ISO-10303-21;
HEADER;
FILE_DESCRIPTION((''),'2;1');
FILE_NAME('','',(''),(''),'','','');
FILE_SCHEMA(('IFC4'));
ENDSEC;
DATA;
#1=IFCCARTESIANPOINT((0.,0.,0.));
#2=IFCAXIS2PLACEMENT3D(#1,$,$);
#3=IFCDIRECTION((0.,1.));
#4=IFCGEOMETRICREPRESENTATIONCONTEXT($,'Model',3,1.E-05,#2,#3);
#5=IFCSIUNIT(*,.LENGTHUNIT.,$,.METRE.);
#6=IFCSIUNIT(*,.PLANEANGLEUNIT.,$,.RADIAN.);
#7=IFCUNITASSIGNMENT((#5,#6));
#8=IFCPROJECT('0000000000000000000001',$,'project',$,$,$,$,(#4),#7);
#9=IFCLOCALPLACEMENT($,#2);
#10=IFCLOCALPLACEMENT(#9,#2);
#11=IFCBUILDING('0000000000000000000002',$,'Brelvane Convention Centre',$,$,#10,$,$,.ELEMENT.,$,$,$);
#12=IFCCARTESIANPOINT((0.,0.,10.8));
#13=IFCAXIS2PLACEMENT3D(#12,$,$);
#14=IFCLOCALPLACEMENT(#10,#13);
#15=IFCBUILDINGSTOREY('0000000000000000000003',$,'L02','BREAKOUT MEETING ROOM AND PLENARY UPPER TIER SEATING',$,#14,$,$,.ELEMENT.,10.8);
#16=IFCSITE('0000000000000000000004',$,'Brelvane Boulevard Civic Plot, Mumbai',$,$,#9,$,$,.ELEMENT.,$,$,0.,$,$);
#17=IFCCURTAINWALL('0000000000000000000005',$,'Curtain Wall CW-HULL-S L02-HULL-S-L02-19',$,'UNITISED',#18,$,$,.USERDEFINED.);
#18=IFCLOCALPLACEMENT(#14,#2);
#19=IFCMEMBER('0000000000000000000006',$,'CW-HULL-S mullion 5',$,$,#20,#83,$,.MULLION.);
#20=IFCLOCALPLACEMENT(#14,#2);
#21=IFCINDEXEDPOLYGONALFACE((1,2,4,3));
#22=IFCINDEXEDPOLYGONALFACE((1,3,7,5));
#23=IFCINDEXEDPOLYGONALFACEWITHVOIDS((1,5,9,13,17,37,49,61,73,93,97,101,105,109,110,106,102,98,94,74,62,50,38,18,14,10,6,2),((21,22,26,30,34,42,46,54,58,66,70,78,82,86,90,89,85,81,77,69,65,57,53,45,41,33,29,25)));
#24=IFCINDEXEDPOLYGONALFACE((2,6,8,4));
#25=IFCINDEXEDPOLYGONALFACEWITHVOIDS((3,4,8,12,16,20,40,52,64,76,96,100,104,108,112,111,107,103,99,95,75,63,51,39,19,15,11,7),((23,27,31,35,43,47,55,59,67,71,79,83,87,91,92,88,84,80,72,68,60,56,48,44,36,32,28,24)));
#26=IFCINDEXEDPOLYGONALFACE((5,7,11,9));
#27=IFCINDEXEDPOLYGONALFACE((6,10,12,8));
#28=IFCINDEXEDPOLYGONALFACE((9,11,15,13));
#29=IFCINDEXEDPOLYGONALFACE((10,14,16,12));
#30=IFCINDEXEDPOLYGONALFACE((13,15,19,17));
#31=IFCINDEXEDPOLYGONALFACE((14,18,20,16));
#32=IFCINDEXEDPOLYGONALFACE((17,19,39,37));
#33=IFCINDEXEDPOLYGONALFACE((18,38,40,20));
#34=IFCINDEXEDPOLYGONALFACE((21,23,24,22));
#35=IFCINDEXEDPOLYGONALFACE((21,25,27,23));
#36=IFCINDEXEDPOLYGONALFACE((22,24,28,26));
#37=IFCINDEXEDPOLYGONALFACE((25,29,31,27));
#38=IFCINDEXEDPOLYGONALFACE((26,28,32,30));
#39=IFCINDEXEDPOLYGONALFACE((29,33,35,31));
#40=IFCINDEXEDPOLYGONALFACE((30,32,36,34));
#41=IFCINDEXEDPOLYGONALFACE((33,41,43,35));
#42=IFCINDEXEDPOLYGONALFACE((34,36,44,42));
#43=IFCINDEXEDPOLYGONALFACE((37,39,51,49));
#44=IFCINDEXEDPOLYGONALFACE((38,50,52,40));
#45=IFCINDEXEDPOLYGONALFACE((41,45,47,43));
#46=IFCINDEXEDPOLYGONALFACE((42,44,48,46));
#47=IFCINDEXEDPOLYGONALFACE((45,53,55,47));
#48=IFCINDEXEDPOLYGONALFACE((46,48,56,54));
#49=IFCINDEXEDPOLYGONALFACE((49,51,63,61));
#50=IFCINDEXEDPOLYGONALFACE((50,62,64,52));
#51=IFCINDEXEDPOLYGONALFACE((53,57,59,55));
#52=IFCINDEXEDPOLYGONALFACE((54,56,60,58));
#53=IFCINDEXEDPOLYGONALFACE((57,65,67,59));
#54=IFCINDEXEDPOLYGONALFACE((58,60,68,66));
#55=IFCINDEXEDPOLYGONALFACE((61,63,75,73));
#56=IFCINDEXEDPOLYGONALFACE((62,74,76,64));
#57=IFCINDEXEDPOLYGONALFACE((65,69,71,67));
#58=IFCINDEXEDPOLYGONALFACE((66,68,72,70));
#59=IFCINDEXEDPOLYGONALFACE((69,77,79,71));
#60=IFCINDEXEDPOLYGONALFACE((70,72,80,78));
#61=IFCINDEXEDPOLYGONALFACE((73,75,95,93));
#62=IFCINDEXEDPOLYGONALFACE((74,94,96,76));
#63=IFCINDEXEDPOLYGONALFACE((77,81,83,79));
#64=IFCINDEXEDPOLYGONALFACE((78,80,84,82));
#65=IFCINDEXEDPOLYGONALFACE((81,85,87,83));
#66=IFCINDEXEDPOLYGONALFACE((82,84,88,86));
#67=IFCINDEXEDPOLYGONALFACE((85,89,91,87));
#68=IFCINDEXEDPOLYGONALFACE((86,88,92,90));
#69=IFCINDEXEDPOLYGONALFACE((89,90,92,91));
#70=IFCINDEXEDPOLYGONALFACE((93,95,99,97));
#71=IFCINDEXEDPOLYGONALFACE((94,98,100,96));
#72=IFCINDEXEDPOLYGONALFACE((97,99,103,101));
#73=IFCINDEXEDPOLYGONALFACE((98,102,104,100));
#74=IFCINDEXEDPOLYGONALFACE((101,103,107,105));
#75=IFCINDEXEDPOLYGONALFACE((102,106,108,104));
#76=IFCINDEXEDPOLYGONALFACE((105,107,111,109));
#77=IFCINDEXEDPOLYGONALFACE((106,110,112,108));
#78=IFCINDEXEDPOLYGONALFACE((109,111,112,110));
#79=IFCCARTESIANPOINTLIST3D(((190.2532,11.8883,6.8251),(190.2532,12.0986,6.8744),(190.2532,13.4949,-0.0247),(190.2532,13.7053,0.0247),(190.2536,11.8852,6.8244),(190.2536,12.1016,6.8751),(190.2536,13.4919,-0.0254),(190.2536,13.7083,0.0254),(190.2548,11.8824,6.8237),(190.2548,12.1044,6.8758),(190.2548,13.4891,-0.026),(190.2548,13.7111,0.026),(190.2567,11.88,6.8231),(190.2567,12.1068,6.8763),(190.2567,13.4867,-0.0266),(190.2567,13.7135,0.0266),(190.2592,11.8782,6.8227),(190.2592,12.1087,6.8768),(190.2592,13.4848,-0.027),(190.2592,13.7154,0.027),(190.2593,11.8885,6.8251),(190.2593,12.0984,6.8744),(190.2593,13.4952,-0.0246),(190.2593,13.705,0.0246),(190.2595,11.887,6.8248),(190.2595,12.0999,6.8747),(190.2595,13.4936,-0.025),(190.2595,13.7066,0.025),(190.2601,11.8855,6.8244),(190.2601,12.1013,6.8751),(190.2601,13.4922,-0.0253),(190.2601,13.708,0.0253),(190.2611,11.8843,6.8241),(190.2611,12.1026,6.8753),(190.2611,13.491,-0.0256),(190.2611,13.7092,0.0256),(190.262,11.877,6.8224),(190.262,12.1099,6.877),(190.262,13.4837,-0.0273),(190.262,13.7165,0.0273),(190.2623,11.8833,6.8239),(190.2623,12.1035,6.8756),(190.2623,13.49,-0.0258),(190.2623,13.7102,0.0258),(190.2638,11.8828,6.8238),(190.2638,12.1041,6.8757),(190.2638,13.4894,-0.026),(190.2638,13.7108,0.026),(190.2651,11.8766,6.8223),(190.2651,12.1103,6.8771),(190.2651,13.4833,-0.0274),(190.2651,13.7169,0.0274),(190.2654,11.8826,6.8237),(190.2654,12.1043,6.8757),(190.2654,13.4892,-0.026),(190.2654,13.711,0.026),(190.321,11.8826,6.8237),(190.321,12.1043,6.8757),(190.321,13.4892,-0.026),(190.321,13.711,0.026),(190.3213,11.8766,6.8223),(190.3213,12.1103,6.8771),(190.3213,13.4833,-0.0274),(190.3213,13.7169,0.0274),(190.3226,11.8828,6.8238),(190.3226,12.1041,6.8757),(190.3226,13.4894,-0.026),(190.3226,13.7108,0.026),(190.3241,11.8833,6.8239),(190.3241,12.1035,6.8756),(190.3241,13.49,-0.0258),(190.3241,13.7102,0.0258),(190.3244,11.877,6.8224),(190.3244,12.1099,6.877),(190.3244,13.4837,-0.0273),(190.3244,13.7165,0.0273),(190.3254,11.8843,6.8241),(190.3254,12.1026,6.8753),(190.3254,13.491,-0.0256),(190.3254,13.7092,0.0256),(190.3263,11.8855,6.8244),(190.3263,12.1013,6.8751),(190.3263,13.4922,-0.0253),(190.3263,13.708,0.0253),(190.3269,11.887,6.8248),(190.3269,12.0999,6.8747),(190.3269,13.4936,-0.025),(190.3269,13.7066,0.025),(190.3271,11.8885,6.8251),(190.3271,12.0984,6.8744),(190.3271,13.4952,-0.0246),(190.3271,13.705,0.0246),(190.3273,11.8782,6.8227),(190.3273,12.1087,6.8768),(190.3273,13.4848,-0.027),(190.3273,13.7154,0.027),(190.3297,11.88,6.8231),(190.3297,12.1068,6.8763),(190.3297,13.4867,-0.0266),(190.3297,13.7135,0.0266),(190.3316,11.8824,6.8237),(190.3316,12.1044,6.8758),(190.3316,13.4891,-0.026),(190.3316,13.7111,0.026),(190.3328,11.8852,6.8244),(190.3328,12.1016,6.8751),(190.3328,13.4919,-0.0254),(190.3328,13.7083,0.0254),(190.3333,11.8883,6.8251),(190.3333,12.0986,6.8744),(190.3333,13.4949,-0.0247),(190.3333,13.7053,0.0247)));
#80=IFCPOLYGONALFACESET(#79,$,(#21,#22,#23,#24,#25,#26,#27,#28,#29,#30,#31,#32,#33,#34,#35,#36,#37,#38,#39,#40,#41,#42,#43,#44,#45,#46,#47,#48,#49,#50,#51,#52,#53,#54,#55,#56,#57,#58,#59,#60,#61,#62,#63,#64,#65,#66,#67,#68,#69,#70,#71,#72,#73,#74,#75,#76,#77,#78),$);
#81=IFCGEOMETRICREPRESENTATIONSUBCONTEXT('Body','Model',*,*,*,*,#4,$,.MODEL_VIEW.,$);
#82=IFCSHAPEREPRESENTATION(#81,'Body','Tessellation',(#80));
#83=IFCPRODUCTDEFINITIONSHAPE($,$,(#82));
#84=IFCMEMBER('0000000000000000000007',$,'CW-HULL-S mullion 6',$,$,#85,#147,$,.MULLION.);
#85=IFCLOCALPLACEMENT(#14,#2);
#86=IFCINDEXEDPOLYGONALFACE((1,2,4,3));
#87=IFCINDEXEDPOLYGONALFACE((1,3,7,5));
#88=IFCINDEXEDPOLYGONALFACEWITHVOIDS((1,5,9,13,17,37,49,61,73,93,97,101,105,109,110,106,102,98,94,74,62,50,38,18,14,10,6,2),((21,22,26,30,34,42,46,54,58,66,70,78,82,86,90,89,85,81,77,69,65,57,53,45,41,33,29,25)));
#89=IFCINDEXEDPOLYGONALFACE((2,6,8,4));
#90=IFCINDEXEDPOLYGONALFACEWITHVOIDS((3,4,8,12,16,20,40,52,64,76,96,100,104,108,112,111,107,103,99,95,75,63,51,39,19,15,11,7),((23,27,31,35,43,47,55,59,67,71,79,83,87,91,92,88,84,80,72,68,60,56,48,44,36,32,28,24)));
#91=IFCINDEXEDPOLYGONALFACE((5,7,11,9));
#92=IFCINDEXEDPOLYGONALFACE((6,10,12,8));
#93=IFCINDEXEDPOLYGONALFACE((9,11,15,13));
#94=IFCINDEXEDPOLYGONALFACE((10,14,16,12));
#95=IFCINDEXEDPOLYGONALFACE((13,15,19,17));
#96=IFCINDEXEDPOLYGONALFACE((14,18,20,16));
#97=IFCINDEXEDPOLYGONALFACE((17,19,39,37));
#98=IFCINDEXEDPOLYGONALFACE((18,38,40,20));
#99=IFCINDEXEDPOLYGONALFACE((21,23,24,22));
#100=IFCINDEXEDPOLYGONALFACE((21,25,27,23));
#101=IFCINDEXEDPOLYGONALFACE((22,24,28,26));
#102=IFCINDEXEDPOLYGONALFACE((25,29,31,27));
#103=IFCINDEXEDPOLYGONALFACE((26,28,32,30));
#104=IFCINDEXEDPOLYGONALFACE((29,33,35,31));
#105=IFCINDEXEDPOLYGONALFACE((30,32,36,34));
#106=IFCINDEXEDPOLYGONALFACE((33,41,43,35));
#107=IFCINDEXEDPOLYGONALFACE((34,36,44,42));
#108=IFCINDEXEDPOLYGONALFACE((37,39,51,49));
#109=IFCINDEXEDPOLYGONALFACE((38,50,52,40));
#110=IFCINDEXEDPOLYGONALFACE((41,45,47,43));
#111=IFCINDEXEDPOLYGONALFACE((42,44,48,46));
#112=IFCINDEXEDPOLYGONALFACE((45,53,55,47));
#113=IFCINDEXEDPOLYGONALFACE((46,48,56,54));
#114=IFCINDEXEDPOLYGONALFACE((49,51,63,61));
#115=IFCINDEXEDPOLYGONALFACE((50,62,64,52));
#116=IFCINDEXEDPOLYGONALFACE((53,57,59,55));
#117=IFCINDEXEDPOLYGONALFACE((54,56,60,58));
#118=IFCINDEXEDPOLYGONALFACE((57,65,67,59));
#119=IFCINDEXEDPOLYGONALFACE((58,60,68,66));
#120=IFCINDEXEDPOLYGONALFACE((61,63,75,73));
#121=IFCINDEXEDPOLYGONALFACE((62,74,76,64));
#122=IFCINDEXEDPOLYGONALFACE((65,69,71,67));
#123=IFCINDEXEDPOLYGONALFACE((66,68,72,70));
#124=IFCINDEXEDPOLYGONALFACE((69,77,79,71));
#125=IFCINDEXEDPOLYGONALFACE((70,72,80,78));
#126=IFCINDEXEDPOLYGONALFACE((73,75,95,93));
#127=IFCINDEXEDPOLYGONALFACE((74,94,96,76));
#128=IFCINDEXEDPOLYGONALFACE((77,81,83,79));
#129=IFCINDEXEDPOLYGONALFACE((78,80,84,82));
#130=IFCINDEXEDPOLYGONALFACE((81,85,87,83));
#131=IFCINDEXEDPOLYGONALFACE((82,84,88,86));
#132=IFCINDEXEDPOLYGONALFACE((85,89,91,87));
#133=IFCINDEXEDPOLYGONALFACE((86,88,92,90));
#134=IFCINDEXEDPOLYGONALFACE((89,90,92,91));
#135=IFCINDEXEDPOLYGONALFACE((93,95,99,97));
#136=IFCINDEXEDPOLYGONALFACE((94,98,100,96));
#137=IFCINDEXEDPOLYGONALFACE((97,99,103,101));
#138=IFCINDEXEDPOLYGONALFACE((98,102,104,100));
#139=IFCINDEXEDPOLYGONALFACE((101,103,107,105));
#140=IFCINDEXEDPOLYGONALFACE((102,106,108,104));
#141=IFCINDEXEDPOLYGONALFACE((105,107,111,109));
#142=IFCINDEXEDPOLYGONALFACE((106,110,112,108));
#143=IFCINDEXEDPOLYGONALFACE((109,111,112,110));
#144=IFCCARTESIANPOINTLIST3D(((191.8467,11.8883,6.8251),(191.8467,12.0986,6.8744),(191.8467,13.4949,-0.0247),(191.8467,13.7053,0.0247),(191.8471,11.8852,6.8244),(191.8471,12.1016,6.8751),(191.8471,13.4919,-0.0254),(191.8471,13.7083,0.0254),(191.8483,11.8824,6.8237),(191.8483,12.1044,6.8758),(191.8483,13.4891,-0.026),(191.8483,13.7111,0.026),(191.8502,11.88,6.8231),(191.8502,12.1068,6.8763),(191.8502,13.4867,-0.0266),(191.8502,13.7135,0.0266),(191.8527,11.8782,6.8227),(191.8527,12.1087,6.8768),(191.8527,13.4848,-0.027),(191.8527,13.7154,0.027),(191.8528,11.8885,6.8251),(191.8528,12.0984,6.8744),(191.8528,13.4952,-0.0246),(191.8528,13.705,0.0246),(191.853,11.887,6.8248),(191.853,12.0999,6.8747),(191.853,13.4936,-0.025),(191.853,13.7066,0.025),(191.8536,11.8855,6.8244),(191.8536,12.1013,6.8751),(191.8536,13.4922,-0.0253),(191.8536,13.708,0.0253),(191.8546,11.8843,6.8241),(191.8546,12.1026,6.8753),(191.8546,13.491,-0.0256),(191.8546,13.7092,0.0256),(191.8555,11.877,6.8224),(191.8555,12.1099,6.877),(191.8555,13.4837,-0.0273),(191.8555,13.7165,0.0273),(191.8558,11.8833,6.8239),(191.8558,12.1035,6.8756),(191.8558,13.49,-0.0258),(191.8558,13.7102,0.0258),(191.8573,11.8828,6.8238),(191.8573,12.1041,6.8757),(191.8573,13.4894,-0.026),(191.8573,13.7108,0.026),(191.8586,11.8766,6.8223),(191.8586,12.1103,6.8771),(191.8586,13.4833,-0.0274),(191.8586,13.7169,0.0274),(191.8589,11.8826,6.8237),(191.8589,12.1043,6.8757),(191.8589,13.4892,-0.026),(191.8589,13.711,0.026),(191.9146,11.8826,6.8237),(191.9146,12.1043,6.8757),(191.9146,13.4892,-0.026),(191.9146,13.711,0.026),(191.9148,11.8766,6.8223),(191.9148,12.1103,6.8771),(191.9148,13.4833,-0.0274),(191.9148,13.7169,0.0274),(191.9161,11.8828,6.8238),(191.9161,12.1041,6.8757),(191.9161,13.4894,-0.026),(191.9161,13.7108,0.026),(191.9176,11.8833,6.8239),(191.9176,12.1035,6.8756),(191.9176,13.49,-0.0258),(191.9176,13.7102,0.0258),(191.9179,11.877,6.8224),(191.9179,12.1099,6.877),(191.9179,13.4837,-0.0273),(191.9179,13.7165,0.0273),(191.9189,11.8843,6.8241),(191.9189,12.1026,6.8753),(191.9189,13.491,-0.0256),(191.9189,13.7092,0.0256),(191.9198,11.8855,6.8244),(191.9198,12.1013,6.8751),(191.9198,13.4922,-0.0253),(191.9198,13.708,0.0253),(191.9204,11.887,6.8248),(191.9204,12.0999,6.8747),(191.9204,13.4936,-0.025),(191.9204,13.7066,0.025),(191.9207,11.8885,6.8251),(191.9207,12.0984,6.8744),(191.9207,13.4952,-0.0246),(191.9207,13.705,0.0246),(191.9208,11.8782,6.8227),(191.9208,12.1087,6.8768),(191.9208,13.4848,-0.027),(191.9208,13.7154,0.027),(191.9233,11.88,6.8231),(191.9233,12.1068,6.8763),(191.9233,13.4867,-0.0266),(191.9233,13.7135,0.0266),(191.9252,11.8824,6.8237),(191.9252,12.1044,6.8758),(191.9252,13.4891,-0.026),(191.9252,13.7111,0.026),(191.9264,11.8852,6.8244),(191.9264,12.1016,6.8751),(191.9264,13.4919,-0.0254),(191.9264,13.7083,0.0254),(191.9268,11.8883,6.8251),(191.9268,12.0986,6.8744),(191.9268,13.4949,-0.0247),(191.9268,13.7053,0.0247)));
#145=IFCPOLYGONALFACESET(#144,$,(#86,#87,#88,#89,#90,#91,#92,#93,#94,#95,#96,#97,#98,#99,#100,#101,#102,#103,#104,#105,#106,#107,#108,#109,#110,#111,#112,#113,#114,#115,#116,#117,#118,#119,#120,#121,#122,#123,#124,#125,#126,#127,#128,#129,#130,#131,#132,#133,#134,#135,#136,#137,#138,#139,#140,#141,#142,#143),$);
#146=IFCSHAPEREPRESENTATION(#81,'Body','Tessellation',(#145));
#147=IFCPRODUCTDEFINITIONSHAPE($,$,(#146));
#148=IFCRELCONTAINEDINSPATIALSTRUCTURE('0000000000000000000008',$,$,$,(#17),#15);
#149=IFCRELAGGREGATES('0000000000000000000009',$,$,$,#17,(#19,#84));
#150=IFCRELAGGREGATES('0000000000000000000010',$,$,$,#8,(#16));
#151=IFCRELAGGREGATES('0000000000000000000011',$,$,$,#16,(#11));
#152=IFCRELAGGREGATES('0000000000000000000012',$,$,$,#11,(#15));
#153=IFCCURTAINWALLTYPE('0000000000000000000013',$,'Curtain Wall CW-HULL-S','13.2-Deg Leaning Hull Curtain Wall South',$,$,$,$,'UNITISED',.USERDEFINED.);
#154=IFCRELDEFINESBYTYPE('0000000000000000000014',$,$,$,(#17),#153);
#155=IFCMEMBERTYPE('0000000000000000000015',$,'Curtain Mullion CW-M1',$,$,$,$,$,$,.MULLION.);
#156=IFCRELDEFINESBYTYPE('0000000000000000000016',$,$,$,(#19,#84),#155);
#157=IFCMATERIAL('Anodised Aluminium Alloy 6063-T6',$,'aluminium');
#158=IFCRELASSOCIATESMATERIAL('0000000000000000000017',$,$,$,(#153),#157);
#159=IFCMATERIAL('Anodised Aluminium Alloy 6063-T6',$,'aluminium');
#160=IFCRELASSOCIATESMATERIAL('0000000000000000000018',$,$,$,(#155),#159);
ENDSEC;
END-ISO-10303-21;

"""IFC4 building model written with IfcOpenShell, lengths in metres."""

from ifc_helpers import new_model, si_unit, direction, frame, origin, origin_2d, place, context, subcontext, project, spatial, hollow_rectangle, extrude, material, material_profile, profile_set, type_object, element, aggregate, save


model = new_model("IFC4")

# Units and contexts
model_context = context("Model", 3, precision=1e-05, world=origin(), true_north=direction((0.0, 1.0)))
body_context = subcontext(model_context, "Body", "Model", "MODEL_VIEW")
ifc_project = project(units=[si_unit("LENGTHUNIT", "METRE"), si_unit("PLANEANGLEUNIT", "RADIAN")], contexts=[model_context])

# Site, building, storey
site_placement = place(None, origin())
site = spatial("IfcSite", under=ifc_project, at=site_placement, Name="Brelvane Boulevard Civic Plot, Mumbai", CompositionType="ELEMENT", RefElevation=0.0)
building_placement = place(site_placement, origin())
building = spatial("IfcBuilding", under=site, at=building_placement, Name="Brelvane Convention Centre", CompositionType="ELEMENT")
storey_placement = place(building_placement, frame((0.0, 0.0, 10.8)))
storey = spatial("IfcBuildingStorey", under=building, at=storey_placement, Name="L02", Description="BREAKOUT MEETING ROOM AND PLENARY UPPER TIER SEATING", CompositionType="ELEMENT", Elevation=10.8)

# Curtain wall, members
ifc_material_1 = material(Name="Anodised Aluminium Alloy 6063-T6", Category="aluminium")
curtain_wall_type = type_object("IfcCurtainWallType", Name="Curtain Wall CW-HULL-S", Description="13.2-Deg Leaning Hull Curtain Wall South", ElementType="UNITISED", PredefinedType="USERDEFINED", material=ifc_material_1)
curtain_wall_1_placement = place(storey_placement, origin())
curtain_wall_1 = element("IfcCurtainWall", 1, at=curtain_wall_1_placement, inside=storey, type_object=curtain_wall_type, Name="Curtain Wall CW-HULL-S L02-HULL-S-L02-19", ObjectType="UNITISED", PredefinedType="USERDEFINED")
ifc_material_2 = material(Name="Anodised Aluminium Alloy 6063-T6", Category="aluminium")
ifc_material_profile_1 = material_profile(ifc_material_2, hollow_rectangle(XDim=0.0801, YDim=0.24, WallThickness=0.0061, InnerFilletRadius=0.0061, OuterFilletRadius=0.012, at=origin_2d()), Name="ALU-M 240x80x6.0")
ifc_profile_set_1 = profile_set([ifc_material_profile_1], Name="Anodised Aluminium Alloy 6063-T6")
member_type_1 = type_object("IfcMemberType", Name="Curtain Mullion CW-M1", PredefinedType="MULLION", material=ifc_profile_set_1)
member_1_placement = place(storey_placement, frame((190.2932, 13.6001, 0.0), z_axis=(0.0, -0.22836, 0.973577), x_axis=(1.0, 0.0, 0.0)))
member_1 = element("IfcMember", 2, at=member_1_placement, type_object=member_type_1, Name="CW-HULL-S mullion 5", PredefinedType="MULLION", context=body_context, shape_type="SweptSolid", body=[
    extrude(hollow_rectangle(XDim=0.0801, YDim=0.24, WallThickness=0.0061, InnerFilletRadius=0.0061, OuterFilletRadius=0.012, at=origin_2d()), origin(), (0.0, 0.0, 1.0), 7.0356),
])
member_2_placement = place(storey_placement, frame((191.8867, 13.6001, 0.0), z_axis=(0.0, -0.22836, 0.973577), x_axis=(1.0, 0.0, 0.0)))
member_2 = element("IfcMember", 3, at=member_2_placement, type_object=member_type_1, Name="CW-HULL-S mullion 6", PredefinedType="MULLION", context=body_context, shape_type="SweptSolid", body=[
    extrude(hollow_rectangle(XDim=0.0801, YDim=0.24, WallThickness=0.0061, InnerFilletRadius=0.0061, OuterFilletRadius=0.012, at=origin_2d()), origin(), (0.0, 0.0, 1.0), 7.0356),
])

aggregate(curtain_wall_1, [member_1, member_2])

save(model, "model.ifc")
